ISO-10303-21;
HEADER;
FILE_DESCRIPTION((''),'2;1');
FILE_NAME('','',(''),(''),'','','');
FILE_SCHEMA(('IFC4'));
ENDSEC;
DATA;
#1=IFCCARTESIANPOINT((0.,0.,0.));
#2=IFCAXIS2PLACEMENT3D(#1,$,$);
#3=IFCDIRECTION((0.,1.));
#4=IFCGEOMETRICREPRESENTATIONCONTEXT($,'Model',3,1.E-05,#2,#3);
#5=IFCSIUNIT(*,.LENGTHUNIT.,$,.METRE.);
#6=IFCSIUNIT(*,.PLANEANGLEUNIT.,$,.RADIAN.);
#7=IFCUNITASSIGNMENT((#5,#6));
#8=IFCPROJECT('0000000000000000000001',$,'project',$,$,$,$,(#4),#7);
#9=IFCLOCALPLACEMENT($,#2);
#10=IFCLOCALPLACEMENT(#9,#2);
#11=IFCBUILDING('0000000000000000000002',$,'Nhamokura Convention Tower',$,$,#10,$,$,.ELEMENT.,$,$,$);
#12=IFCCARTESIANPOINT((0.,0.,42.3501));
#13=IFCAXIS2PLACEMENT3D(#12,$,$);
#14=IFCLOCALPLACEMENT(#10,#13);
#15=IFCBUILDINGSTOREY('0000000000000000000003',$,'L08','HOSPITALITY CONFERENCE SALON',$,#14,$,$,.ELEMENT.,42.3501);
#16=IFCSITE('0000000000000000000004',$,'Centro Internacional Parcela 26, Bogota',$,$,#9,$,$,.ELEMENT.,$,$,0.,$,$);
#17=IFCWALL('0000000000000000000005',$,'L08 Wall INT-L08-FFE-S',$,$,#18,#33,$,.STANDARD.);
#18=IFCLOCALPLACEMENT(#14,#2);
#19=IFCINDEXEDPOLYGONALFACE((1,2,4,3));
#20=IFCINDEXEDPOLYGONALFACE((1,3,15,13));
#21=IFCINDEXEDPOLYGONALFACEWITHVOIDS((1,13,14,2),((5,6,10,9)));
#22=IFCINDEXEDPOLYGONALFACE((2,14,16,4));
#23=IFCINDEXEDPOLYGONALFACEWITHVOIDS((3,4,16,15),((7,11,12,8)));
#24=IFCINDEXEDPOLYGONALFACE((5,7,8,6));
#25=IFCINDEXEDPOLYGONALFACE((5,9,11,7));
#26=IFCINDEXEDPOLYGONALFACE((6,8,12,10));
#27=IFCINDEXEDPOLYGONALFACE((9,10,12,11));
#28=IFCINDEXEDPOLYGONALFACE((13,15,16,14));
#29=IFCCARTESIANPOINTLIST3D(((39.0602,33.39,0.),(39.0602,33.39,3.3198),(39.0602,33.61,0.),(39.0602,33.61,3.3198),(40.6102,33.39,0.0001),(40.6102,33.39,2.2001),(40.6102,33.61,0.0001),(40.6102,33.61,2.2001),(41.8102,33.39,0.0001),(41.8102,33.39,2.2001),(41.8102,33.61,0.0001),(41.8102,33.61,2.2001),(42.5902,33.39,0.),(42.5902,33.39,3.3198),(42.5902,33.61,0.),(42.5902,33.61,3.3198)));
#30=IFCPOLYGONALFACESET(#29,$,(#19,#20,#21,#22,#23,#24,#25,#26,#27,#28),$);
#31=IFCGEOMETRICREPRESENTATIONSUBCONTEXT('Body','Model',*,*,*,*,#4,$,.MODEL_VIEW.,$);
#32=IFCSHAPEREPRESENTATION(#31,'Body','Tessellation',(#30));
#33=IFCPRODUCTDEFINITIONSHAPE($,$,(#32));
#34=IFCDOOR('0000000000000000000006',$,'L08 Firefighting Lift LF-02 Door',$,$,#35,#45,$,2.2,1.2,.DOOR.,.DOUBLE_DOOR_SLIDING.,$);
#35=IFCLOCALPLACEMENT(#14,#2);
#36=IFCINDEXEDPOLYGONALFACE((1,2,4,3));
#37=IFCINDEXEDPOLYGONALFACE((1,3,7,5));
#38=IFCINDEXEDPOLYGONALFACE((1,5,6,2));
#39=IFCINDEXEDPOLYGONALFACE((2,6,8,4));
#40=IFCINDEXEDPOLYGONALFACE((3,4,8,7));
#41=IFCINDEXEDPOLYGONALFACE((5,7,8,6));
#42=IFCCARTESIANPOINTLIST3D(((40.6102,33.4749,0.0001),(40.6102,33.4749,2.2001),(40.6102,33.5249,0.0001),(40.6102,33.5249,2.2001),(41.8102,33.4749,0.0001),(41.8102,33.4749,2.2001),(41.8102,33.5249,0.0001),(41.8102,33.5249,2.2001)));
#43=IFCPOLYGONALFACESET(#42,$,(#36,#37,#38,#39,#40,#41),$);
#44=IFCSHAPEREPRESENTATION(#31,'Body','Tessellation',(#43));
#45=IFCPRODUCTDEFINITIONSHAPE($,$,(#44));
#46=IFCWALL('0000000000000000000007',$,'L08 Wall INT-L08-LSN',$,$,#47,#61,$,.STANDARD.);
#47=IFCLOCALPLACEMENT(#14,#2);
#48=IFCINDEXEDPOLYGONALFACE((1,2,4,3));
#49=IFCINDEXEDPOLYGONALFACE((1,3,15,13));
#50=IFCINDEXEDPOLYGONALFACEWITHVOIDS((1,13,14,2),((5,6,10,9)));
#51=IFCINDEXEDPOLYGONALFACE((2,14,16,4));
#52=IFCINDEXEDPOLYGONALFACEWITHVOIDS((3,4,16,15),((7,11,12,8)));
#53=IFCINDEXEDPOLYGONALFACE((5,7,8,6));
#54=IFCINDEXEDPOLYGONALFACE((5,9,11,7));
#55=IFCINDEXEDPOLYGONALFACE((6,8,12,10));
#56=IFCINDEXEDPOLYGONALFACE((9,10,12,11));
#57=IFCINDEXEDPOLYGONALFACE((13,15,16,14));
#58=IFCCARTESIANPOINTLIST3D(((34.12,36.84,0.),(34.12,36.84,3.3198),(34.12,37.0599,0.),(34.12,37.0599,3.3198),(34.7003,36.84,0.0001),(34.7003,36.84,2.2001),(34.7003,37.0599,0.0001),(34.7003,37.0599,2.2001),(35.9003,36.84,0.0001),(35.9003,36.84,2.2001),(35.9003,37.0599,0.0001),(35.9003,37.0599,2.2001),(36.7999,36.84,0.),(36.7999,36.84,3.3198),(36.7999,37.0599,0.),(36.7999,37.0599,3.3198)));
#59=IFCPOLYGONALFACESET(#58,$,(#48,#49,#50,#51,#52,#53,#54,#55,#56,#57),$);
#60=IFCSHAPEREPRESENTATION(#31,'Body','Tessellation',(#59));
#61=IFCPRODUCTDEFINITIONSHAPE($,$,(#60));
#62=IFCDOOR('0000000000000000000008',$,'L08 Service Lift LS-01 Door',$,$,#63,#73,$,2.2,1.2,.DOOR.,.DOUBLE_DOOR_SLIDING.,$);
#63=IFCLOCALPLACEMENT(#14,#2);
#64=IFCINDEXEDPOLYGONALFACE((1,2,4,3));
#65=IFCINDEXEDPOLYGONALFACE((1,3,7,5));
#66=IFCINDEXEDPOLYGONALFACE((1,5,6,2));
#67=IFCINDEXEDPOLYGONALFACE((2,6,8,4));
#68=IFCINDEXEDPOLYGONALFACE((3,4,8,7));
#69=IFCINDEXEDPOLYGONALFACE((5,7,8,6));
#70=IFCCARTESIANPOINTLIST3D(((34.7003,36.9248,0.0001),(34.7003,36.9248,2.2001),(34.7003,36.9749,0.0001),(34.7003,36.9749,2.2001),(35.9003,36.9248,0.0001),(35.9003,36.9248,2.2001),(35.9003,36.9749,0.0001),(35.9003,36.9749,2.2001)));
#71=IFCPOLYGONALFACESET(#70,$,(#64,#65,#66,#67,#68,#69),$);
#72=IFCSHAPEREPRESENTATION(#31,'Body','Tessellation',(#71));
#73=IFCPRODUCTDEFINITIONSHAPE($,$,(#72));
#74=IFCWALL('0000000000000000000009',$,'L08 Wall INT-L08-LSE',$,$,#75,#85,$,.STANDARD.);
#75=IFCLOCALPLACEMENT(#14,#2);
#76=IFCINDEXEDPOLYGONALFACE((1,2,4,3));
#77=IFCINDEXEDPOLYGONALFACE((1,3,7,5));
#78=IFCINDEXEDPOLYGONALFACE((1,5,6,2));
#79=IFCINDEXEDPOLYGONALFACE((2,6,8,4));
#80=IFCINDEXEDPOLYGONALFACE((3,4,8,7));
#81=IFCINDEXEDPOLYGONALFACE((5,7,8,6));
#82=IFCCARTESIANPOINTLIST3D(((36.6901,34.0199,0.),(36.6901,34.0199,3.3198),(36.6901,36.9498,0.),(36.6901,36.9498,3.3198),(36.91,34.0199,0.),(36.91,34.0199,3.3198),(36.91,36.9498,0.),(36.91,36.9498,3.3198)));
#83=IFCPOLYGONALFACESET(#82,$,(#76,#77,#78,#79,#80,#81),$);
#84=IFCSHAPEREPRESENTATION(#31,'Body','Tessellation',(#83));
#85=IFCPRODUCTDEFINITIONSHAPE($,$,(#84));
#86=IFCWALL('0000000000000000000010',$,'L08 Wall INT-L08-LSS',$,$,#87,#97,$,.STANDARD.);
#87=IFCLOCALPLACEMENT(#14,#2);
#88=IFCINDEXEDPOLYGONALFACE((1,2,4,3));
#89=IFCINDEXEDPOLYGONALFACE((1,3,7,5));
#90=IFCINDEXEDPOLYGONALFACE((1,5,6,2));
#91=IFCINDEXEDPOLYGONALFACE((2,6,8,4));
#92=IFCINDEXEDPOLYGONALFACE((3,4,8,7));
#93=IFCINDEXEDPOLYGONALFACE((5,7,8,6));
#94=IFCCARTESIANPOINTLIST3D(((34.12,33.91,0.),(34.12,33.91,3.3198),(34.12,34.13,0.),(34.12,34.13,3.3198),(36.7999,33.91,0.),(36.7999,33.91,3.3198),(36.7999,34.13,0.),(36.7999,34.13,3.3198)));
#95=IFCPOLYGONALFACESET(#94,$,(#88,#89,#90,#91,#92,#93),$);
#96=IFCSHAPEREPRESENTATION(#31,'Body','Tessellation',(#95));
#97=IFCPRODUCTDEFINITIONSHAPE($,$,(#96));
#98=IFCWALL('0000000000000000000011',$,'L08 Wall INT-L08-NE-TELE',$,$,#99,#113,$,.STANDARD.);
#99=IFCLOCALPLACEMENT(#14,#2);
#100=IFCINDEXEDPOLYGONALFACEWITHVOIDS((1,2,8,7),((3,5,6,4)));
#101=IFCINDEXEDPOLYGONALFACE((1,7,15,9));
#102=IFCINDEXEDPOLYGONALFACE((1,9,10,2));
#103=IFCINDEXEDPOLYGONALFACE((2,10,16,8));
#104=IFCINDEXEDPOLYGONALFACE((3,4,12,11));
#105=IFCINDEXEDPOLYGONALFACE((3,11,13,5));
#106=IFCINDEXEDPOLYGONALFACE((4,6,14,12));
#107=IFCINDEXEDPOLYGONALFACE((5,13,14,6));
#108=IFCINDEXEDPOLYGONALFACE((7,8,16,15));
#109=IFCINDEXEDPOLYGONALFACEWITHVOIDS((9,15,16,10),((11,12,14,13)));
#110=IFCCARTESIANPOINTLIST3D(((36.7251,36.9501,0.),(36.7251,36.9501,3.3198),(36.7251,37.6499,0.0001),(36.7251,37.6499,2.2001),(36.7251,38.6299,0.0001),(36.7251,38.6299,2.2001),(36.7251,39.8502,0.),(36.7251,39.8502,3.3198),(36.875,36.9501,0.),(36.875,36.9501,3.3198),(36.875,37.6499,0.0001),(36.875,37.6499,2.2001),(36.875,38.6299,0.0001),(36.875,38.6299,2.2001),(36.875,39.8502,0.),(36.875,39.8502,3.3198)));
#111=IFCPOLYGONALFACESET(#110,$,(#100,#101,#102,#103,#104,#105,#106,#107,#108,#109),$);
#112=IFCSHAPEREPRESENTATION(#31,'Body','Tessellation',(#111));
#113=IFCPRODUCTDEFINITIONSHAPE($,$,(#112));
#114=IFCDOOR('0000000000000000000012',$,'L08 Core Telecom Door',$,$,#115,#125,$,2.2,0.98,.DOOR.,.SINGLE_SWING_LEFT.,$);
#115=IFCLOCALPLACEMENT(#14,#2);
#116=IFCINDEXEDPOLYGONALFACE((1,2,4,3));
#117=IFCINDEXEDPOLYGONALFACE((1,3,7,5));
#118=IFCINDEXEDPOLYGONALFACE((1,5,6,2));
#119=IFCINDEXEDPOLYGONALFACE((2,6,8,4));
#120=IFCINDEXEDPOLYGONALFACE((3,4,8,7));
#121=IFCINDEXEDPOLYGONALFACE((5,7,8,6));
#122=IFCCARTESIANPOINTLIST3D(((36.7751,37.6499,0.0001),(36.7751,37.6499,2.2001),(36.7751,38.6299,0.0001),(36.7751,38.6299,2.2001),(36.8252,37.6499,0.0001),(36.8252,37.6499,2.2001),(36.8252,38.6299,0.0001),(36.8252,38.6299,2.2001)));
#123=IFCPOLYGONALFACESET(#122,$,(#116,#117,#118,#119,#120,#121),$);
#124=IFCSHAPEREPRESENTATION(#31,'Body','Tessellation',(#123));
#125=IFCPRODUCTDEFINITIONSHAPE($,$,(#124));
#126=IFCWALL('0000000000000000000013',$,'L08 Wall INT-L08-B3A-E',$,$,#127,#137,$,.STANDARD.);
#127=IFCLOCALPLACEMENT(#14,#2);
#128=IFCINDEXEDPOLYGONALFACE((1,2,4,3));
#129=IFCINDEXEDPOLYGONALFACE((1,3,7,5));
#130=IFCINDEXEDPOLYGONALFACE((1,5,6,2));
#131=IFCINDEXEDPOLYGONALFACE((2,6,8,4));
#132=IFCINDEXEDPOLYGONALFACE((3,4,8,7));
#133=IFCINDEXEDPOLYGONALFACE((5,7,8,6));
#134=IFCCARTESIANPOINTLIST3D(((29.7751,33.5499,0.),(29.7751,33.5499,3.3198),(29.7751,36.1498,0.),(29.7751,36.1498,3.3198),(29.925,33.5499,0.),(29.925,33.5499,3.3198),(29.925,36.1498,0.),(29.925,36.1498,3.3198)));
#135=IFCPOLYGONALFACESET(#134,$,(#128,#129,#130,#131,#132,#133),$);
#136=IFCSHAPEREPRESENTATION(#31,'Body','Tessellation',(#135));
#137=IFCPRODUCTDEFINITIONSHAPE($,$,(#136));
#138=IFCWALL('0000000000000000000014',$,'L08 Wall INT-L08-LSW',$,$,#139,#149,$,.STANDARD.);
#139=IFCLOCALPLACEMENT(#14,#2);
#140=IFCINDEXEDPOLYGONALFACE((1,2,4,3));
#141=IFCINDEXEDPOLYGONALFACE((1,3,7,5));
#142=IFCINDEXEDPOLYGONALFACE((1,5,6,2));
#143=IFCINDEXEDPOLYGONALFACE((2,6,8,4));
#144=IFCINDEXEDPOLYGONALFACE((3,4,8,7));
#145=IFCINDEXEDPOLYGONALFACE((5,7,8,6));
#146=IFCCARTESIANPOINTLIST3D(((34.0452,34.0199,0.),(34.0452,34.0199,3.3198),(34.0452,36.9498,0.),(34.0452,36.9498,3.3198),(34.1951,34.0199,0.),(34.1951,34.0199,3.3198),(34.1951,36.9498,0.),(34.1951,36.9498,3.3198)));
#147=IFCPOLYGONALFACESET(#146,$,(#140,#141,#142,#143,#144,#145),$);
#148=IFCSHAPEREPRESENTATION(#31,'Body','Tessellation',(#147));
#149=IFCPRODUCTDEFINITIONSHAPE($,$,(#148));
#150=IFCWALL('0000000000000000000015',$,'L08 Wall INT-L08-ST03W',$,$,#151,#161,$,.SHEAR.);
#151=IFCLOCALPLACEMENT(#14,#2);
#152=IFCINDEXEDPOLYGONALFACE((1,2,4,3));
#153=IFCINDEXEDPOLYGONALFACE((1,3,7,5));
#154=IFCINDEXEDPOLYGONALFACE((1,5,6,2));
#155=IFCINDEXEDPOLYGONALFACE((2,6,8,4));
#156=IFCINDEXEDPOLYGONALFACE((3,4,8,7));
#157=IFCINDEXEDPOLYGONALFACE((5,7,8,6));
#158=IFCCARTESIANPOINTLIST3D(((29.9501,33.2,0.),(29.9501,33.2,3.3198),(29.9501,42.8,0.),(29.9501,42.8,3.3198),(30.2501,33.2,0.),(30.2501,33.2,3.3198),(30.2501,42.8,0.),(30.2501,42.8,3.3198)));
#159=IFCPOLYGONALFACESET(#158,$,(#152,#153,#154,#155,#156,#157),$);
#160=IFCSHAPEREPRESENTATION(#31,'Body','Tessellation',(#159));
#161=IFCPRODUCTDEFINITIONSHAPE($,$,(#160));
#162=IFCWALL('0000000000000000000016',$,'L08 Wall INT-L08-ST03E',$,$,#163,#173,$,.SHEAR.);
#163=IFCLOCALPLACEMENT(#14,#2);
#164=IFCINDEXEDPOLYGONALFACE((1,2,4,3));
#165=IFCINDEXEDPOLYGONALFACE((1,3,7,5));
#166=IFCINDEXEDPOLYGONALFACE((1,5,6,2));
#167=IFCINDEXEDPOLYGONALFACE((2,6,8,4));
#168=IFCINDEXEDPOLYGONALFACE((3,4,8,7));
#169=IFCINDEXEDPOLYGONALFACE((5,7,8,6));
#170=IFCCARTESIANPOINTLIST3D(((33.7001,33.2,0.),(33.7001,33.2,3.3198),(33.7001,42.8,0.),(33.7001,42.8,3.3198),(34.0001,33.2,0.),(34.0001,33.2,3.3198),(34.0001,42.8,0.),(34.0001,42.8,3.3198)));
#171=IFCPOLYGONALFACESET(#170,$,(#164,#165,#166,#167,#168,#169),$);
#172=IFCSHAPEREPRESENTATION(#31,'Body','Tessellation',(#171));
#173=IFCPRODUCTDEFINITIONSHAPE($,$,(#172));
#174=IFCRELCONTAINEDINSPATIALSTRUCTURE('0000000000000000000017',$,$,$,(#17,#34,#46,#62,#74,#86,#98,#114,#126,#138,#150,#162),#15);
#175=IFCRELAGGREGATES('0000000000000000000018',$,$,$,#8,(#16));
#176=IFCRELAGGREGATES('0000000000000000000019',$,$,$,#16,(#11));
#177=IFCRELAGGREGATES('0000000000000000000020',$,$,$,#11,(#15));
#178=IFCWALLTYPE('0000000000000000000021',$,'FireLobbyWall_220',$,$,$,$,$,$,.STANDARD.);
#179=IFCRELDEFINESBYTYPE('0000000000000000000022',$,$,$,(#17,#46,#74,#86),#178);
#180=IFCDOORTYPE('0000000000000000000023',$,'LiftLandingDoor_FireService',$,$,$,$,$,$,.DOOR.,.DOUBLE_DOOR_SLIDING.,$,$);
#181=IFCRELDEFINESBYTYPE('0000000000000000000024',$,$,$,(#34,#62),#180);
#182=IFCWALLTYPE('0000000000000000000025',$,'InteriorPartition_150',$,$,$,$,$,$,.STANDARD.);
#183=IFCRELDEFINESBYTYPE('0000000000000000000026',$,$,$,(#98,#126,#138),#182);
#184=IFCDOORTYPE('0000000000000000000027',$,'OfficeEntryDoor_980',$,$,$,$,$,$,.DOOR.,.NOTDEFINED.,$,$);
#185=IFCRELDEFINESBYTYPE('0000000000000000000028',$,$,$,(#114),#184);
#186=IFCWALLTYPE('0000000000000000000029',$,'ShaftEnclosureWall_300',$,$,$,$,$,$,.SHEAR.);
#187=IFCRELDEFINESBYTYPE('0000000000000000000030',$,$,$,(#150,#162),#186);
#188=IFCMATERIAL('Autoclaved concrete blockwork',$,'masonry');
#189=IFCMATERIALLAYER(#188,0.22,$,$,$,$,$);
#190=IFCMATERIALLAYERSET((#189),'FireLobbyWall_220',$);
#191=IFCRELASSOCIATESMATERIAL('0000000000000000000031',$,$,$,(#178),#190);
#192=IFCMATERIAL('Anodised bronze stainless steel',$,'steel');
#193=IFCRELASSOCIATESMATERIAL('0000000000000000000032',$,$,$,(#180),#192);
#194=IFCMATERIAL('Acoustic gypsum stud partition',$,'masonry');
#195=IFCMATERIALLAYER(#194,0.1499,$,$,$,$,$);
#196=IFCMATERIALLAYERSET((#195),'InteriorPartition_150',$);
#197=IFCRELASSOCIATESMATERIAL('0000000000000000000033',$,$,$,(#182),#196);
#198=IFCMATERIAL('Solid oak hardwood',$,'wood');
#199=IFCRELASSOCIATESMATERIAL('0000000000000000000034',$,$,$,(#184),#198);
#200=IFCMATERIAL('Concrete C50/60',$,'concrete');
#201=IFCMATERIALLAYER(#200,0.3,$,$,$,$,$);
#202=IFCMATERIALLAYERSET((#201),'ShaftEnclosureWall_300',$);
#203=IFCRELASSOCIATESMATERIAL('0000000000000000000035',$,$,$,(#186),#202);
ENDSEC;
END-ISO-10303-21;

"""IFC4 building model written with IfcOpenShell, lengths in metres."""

from ifc_helpers import new_model, si_unit, direction, frame, frame_2d, origin, place, context, subcontext, project, spatial, rectangle, extrude, material, layer, layer_set, type_object, element, fill, save


model = new_model("IFC4")

# Units and contexts
model_context = context("Model", 3, precision=1e-05, world=origin(), true_north=direction((0.0, 1.0)))
body_context = subcontext(model_context, "Body", "Model", "MODEL_VIEW")
ifc_project = project(units=[si_unit("LENGTHUNIT", "METRE"), si_unit("PLANEANGLEUNIT", "RADIAN")], contexts=[model_context])

# Site, building, storey
site_placement = place(None, origin())
site = spatial("IfcSite", under=ifc_project, at=site_placement, Name="Centro Internacional Parcela 26, Bogota", CompositionType="ELEMENT", RefElevation=0.0)
building_placement = place(site_placement, origin())
building = spatial("IfcBuilding", under=site, at=building_placement, Name="Nhamokura Convention Tower", CompositionType="ELEMENT")
storey_placement = place(building_placement, frame((0.0, 0.0, 42.3501)))
storey = spatial("IfcBuildingStorey", under=building, at=storey_placement, Name="L08", Description="HOSPITALITY CONFERENCE SALON", CompositionType="ELEMENT", Elevation=42.3501)

# Walls, openings, doors
ifc_material_1 = material(Name="Autoclaved concrete blockwork", Category="masonry")
ifc_layer_1 = layer(ifc_material_1, 0.22)
ifc_layer_set_1 = layer_set([ifc_layer_1], Name="FireLobbyWall_220")
wall_type_1 = type_object("IfcWallType", Name="FireLobbyWall_220", PredefinedType="STANDARD", material=ifc_layer_set_1)
wall_1_placement = place(storey_placement, frame((39.0601, 33.5, 0.0), z_axis=(0.0, 0.0, 1.0), x_axis=(1.0, 0.0, 0.0)))
wall_1 = element("IfcWall", 1, at=wall_1_placement, inside=storey, type_object=wall_type_1, Name="L08 Wall INT-L08-FFE-S", PredefinedType="STANDARD", context=body_context, shape_type="SweptSolid", body=[
    extrude(rectangle(XDim=3.53, YDim=0.22, at=frame_2d((1.7651, 0.0))), origin(), (0.0, 0.0, 1.0), 3.3198),
])
opening_1_placement = place(wall_1_placement, frame((1.55, 0.0, 0.0)))
opening_1 = element("IfcOpeningElement", 2, at=opening_1_placement, cuts=wall_1, PredefinedType="OPENING", context=body_context, shape_type="SweptSolid", body=[
    extrude(rectangle(XDim=1.2, YDim=2.2, at=frame_2d((0.6001, 1.1001))), frame((0.0, 0.1199, 0.0), z_axis=(0.0, -1.0, 0.0), x_axis=(1.0, 0.0, 0.0)), (0.0, 0.0, 1.0), 0.24),
])
ifc_material_2 = material(Name="Anodised bronze stainless steel", Category="steel")
door_type_1 = type_object("IfcDoorType", Name="LiftLandingDoor_FireService", OperationType="DOUBLE_DOOR_SLIDING", PredefinedType="DOOR", material=ifc_material_2)
door_1_placement = place(opening_1_placement, origin())
door_1 = element("IfcDoor", 3, at=door_1_placement, inside=storey, type_object=door_type_1, Name="L08 Firefighting Lift LF-02 Door", OperationType="DOUBLE_DOOR_SLIDING", OverallHeight=2.2, OverallWidth=1.2, PredefinedType="DOOR", context=body_context, shape_type="SweptSolid", body=[
    extrude(rectangle(XDim=1.2, YDim=2.2, at=frame_2d((0.6001, 1.1001))), frame((0.0, 0.0249, 0.0), z_axis=(0.0, -1.0, 0.0), x_axis=(1.0, 0.0, 0.0)), (0.0, 0.0, 1.0), 0.05),
])
fill(opening_1, door_1)
wall_2_placement = place(storey_placement, frame((34.1201, 36.95, 0.0), z_axis=(0.0, 0.0, 1.0), x_axis=(1.0, 0.0, 0.0)))
wall_2 = element("IfcWall", 4, at=wall_2_placement, inside=storey, type_object=wall_type_1, Name="L08 Wall INT-L08-LSN", PredefinedType="STANDARD", context=body_context, shape_type="SweptSolid", body=[
    extrude(rectangle(XDim=2.6799, YDim=0.22, at=frame_2d((1.3398, 0.0))), origin(), (0.0, 0.0, 1.0), 3.3198),
])
opening_2_placement = place(wall_2_placement, frame((0.5801, 0.0, 0.0)))
opening_2 = element("IfcOpeningElement", 5, at=opening_2_placement, cuts=wall_2, PredefinedType="OPENING", context=body_context, shape_type="SweptSolid", body=[
    extrude(rectangle(XDim=1.2, YDim=2.2, at=frame_2d((0.6001, 1.1001))), frame((0.0, 0.1199, 0.0), z_axis=(0.0, -1.0, 0.0), x_axis=(1.0, 0.0, 0.0)), (0.0, 0.0, 1.0), 0.24),
])
door_2_placement = place(opening_2_placement, origin())
door_2 = element("IfcDoor", 6, at=door_2_placement, inside=storey, type_object=door_type_1, Name="L08 Service Lift LS-01 Door", OperationType="DOUBLE_DOOR_SLIDING", OverallHeight=2.2, OverallWidth=1.2, PredefinedType="DOOR", context=body_context, shape_type="SweptSolid", body=[
    extrude(rectangle(XDim=1.2, YDim=2.2, at=frame_2d((0.6001, 1.1001))), frame((0.0, 0.0249, 0.0), z_axis=(0.0, -1.0, 0.0), x_axis=(1.0, 0.0, 0.0)), (0.0, 0.0, 1.0), 0.05),
])
fill(opening_2, door_2)

# Walls
wall_3_placement = place(storey_placement, frame((36.8, 34.02, 0.0), z_axis=(0.0, 0.0, 1.0), x_axis=(0.0, 1.0, 0.0)))
element("IfcWall", 7, at=wall_3_placement, inside=storey, type_object=wall_type_1, Name="L08 Wall INT-L08-LSE", PredefinedType="STANDARD", context=body_context, shape_type="SweptSolid", body=[
    extrude(rectangle(XDim=2.9299, YDim=0.22, at=frame_2d((1.4648, 0.0))), origin(), (0.0, 0.0, 1.0), 3.3198),
])
wall_4_placement = place(storey_placement, frame((34.1201, 34.02, 0.0), z_axis=(0.0, 0.0, 1.0), x_axis=(1.0, 0.0, 0.0)))
element("IfcWall", 8, at=wall_4_placement, inside=storey, type_object=wall_type_1, Name="L08 Wall INT-L08-LSS", PredefinedType="STANDARD", context=body_context, shape_type="SweptSolid", body=[
    extrude(rectangle(XDim=2.6799, YDim=0.22, at=frame_2d((1.3398, 0.0))), origin(), (0.0, 0.0, 1.0), 3.3198),
])

# Wall, opening, door
ifc_material_3 = material(Name="Acoustic gypsum stud partition", Category="masonry")
ifc_layer_2 = layer(ifc_material_3, 0.1499)
ifc_layer_set_2 = layer_set([ifc_layer_2], Name="InteriorPartition_150")
wall_type_2 = type_object("IfcWallType", Name="InteriorPartition_150", PredefinedType="STANDARD", material=ifc_layer_set_2)
wall_5_placement = place(storey_placement, frame((36.8, 36.95, 0.0), z_axis=(0.0, 0.0, 1.0), x_axis=(0.0, 1.0, 0.0)))
wall_5 = element("IfcWall", 9, at=wall_5_placement, inside=storey, type_object=wall_type_2, Name="L08 Wall INT-L08-NE-TELE", PredefinedType="STANDARD", context=body_context, shape_type="SweptSolid", body=[
    extrude(rectangle(XDim=2.9001, YDim=0.1499, at=frame_2d((1.4502, 0.0))), origin(), (0.0, 0.0, 1.0), 3.3198),
])
opening_3_placement = place(wall_5_placement, frame((0.7, 0.0, 0.0)))
opening_3 = element("IfcOpeningElement", 10, at=opening_3_placement, cuts=wall_5, PredefinedType="OPENING", context=body_context, shape_type="SweptSolid", body=[
    extrude(rectangle(XDim=0.98, YDim=2.2, at=frame_2d((0.49, 1.1001))), frame((0.0, 0.085, 0.0), z_axis=(0.0, -1.0, 0.0), x_axis=(1.0, 0.0, 0.0)), (0.0, 0.0, 1.0), 0.1699),
])
ifc_material_4 = material(Name="Solid oak hardwood", Category="wood")
door_type_2 = type_object("IfcDoorType", Name="OfficeEntryDoor_980", OperationType="NOTDEFINED", PredefinedType="DOOR", material=ifc_material_4)
door_3_placement = place(opening_3_placement, origin())
door_3 = element("IfcDoor", 11, at=door_3_placement, inside=storey, type_object=door_type_2, Name="L08 Core Telecom Door", OperationType="SINGLE_SWING_LEFT", OverallHeight=2.2, OverallWidth=0.98, PredefinedType="DOOR", context=body_context, shape_type="SweptSolid", body=[
    extrude(rectangle(XDim=0.98, YDim=2.2, at=frame_2d((0.49, 1.1001))), frame((0.0, 0.0249, 0.0), z_axis=(0.0, -1.0, 0.0), x_axis=(1.0, 0.0, 0.0)), (0.0, 0.0, 1.0), 0.05),
])
fill(opening_3, door_3)

# Walls
wall_6_placement = place(storey_placement, frame((29.8501, 33.55, 0.0), z_axis=(0.0, 0.0, 1.0), x_axis=(0.0, 1.0, 0.0)))
element("IfcWall", 12, at=wall_6_placement, inside=storey, type_object=wall_type_2, Name="L08 Wall INT-L08-B3A-E", PredefinedType="STANDARD", context=body_context, shape_type="SweptSolid", body=[
    extrude(rectangle(XDim=2.5999, YDim=0.1499, at=frame_2d((1.2998, 0.0))), origin(), (0.0, 0.0, 1.0), 3.3198),
])
wall_7_placement = place(storey_placement, frame((34.1201, 34.02, 0.0), z_axis=(0.0, 0.0, 1.0), x_axis=(0.0, 1.0, 0.0)))
element("IfcWall", 13, at=wall_7_placement, inside=storey, type_object=wall_type_2, Name="L08 Wall INT-L08-LSW", PredefinedType="STANDARD", context=body_context, shape_type="SweptSolid", body=[
    extrude(rectangle(XDim=2.9299, YDim=0.1499, at=frame_2d((1.4648, 0.0))), origin(), (0.0, 0.0, 1.0), 3.3198),
])
ifc_material_5 = material(Name="Concrete C50/60", Category="concrete")
ifc_layer_3 = layer(ifc_material_5, 0.3)
ifc_layer_set_3 = layer_set([ifc_layer_3], Name="ShaftEnclosureWall_300")
wall_type_3 = type_object("IfcWallType", Name="ShaftEnclosureWall_300", PredefinedType="SHEAR", material=ifc_layer_set_3)
for number, where, z_axis, x_axis, name in (
    (14, (30.1001, 33.2, 0.0), (0.0, 0.0, 1.0), (0.0, 1.0, 0.0), "L08 Wall INT-L08-ST03W"),
    (15, (33.8501, 33.2, 0.0), (0.0, 0.0, 1.0), (0.0, 1.0, 0.0), "L08 Wall INT-L08-ST03E"),
):
    element("IfcWall", number, at=place(storey_placement, frame(where, z_axis=z_axis, x_axis=x_axis)), inside=storey, type_object=wall_type_3, Name=name, PredefinedType="SHEAR", context=body_context, shape_type="SweptSolid", body=[
        extrude(rectangle(XDim=9.6001, YDim=0.3, at=frame_2d((4.8, 0.0))), origin(), (0.0, 0.0, 1.0), 3.3198),
    ])

save(model, "model.ifc")
